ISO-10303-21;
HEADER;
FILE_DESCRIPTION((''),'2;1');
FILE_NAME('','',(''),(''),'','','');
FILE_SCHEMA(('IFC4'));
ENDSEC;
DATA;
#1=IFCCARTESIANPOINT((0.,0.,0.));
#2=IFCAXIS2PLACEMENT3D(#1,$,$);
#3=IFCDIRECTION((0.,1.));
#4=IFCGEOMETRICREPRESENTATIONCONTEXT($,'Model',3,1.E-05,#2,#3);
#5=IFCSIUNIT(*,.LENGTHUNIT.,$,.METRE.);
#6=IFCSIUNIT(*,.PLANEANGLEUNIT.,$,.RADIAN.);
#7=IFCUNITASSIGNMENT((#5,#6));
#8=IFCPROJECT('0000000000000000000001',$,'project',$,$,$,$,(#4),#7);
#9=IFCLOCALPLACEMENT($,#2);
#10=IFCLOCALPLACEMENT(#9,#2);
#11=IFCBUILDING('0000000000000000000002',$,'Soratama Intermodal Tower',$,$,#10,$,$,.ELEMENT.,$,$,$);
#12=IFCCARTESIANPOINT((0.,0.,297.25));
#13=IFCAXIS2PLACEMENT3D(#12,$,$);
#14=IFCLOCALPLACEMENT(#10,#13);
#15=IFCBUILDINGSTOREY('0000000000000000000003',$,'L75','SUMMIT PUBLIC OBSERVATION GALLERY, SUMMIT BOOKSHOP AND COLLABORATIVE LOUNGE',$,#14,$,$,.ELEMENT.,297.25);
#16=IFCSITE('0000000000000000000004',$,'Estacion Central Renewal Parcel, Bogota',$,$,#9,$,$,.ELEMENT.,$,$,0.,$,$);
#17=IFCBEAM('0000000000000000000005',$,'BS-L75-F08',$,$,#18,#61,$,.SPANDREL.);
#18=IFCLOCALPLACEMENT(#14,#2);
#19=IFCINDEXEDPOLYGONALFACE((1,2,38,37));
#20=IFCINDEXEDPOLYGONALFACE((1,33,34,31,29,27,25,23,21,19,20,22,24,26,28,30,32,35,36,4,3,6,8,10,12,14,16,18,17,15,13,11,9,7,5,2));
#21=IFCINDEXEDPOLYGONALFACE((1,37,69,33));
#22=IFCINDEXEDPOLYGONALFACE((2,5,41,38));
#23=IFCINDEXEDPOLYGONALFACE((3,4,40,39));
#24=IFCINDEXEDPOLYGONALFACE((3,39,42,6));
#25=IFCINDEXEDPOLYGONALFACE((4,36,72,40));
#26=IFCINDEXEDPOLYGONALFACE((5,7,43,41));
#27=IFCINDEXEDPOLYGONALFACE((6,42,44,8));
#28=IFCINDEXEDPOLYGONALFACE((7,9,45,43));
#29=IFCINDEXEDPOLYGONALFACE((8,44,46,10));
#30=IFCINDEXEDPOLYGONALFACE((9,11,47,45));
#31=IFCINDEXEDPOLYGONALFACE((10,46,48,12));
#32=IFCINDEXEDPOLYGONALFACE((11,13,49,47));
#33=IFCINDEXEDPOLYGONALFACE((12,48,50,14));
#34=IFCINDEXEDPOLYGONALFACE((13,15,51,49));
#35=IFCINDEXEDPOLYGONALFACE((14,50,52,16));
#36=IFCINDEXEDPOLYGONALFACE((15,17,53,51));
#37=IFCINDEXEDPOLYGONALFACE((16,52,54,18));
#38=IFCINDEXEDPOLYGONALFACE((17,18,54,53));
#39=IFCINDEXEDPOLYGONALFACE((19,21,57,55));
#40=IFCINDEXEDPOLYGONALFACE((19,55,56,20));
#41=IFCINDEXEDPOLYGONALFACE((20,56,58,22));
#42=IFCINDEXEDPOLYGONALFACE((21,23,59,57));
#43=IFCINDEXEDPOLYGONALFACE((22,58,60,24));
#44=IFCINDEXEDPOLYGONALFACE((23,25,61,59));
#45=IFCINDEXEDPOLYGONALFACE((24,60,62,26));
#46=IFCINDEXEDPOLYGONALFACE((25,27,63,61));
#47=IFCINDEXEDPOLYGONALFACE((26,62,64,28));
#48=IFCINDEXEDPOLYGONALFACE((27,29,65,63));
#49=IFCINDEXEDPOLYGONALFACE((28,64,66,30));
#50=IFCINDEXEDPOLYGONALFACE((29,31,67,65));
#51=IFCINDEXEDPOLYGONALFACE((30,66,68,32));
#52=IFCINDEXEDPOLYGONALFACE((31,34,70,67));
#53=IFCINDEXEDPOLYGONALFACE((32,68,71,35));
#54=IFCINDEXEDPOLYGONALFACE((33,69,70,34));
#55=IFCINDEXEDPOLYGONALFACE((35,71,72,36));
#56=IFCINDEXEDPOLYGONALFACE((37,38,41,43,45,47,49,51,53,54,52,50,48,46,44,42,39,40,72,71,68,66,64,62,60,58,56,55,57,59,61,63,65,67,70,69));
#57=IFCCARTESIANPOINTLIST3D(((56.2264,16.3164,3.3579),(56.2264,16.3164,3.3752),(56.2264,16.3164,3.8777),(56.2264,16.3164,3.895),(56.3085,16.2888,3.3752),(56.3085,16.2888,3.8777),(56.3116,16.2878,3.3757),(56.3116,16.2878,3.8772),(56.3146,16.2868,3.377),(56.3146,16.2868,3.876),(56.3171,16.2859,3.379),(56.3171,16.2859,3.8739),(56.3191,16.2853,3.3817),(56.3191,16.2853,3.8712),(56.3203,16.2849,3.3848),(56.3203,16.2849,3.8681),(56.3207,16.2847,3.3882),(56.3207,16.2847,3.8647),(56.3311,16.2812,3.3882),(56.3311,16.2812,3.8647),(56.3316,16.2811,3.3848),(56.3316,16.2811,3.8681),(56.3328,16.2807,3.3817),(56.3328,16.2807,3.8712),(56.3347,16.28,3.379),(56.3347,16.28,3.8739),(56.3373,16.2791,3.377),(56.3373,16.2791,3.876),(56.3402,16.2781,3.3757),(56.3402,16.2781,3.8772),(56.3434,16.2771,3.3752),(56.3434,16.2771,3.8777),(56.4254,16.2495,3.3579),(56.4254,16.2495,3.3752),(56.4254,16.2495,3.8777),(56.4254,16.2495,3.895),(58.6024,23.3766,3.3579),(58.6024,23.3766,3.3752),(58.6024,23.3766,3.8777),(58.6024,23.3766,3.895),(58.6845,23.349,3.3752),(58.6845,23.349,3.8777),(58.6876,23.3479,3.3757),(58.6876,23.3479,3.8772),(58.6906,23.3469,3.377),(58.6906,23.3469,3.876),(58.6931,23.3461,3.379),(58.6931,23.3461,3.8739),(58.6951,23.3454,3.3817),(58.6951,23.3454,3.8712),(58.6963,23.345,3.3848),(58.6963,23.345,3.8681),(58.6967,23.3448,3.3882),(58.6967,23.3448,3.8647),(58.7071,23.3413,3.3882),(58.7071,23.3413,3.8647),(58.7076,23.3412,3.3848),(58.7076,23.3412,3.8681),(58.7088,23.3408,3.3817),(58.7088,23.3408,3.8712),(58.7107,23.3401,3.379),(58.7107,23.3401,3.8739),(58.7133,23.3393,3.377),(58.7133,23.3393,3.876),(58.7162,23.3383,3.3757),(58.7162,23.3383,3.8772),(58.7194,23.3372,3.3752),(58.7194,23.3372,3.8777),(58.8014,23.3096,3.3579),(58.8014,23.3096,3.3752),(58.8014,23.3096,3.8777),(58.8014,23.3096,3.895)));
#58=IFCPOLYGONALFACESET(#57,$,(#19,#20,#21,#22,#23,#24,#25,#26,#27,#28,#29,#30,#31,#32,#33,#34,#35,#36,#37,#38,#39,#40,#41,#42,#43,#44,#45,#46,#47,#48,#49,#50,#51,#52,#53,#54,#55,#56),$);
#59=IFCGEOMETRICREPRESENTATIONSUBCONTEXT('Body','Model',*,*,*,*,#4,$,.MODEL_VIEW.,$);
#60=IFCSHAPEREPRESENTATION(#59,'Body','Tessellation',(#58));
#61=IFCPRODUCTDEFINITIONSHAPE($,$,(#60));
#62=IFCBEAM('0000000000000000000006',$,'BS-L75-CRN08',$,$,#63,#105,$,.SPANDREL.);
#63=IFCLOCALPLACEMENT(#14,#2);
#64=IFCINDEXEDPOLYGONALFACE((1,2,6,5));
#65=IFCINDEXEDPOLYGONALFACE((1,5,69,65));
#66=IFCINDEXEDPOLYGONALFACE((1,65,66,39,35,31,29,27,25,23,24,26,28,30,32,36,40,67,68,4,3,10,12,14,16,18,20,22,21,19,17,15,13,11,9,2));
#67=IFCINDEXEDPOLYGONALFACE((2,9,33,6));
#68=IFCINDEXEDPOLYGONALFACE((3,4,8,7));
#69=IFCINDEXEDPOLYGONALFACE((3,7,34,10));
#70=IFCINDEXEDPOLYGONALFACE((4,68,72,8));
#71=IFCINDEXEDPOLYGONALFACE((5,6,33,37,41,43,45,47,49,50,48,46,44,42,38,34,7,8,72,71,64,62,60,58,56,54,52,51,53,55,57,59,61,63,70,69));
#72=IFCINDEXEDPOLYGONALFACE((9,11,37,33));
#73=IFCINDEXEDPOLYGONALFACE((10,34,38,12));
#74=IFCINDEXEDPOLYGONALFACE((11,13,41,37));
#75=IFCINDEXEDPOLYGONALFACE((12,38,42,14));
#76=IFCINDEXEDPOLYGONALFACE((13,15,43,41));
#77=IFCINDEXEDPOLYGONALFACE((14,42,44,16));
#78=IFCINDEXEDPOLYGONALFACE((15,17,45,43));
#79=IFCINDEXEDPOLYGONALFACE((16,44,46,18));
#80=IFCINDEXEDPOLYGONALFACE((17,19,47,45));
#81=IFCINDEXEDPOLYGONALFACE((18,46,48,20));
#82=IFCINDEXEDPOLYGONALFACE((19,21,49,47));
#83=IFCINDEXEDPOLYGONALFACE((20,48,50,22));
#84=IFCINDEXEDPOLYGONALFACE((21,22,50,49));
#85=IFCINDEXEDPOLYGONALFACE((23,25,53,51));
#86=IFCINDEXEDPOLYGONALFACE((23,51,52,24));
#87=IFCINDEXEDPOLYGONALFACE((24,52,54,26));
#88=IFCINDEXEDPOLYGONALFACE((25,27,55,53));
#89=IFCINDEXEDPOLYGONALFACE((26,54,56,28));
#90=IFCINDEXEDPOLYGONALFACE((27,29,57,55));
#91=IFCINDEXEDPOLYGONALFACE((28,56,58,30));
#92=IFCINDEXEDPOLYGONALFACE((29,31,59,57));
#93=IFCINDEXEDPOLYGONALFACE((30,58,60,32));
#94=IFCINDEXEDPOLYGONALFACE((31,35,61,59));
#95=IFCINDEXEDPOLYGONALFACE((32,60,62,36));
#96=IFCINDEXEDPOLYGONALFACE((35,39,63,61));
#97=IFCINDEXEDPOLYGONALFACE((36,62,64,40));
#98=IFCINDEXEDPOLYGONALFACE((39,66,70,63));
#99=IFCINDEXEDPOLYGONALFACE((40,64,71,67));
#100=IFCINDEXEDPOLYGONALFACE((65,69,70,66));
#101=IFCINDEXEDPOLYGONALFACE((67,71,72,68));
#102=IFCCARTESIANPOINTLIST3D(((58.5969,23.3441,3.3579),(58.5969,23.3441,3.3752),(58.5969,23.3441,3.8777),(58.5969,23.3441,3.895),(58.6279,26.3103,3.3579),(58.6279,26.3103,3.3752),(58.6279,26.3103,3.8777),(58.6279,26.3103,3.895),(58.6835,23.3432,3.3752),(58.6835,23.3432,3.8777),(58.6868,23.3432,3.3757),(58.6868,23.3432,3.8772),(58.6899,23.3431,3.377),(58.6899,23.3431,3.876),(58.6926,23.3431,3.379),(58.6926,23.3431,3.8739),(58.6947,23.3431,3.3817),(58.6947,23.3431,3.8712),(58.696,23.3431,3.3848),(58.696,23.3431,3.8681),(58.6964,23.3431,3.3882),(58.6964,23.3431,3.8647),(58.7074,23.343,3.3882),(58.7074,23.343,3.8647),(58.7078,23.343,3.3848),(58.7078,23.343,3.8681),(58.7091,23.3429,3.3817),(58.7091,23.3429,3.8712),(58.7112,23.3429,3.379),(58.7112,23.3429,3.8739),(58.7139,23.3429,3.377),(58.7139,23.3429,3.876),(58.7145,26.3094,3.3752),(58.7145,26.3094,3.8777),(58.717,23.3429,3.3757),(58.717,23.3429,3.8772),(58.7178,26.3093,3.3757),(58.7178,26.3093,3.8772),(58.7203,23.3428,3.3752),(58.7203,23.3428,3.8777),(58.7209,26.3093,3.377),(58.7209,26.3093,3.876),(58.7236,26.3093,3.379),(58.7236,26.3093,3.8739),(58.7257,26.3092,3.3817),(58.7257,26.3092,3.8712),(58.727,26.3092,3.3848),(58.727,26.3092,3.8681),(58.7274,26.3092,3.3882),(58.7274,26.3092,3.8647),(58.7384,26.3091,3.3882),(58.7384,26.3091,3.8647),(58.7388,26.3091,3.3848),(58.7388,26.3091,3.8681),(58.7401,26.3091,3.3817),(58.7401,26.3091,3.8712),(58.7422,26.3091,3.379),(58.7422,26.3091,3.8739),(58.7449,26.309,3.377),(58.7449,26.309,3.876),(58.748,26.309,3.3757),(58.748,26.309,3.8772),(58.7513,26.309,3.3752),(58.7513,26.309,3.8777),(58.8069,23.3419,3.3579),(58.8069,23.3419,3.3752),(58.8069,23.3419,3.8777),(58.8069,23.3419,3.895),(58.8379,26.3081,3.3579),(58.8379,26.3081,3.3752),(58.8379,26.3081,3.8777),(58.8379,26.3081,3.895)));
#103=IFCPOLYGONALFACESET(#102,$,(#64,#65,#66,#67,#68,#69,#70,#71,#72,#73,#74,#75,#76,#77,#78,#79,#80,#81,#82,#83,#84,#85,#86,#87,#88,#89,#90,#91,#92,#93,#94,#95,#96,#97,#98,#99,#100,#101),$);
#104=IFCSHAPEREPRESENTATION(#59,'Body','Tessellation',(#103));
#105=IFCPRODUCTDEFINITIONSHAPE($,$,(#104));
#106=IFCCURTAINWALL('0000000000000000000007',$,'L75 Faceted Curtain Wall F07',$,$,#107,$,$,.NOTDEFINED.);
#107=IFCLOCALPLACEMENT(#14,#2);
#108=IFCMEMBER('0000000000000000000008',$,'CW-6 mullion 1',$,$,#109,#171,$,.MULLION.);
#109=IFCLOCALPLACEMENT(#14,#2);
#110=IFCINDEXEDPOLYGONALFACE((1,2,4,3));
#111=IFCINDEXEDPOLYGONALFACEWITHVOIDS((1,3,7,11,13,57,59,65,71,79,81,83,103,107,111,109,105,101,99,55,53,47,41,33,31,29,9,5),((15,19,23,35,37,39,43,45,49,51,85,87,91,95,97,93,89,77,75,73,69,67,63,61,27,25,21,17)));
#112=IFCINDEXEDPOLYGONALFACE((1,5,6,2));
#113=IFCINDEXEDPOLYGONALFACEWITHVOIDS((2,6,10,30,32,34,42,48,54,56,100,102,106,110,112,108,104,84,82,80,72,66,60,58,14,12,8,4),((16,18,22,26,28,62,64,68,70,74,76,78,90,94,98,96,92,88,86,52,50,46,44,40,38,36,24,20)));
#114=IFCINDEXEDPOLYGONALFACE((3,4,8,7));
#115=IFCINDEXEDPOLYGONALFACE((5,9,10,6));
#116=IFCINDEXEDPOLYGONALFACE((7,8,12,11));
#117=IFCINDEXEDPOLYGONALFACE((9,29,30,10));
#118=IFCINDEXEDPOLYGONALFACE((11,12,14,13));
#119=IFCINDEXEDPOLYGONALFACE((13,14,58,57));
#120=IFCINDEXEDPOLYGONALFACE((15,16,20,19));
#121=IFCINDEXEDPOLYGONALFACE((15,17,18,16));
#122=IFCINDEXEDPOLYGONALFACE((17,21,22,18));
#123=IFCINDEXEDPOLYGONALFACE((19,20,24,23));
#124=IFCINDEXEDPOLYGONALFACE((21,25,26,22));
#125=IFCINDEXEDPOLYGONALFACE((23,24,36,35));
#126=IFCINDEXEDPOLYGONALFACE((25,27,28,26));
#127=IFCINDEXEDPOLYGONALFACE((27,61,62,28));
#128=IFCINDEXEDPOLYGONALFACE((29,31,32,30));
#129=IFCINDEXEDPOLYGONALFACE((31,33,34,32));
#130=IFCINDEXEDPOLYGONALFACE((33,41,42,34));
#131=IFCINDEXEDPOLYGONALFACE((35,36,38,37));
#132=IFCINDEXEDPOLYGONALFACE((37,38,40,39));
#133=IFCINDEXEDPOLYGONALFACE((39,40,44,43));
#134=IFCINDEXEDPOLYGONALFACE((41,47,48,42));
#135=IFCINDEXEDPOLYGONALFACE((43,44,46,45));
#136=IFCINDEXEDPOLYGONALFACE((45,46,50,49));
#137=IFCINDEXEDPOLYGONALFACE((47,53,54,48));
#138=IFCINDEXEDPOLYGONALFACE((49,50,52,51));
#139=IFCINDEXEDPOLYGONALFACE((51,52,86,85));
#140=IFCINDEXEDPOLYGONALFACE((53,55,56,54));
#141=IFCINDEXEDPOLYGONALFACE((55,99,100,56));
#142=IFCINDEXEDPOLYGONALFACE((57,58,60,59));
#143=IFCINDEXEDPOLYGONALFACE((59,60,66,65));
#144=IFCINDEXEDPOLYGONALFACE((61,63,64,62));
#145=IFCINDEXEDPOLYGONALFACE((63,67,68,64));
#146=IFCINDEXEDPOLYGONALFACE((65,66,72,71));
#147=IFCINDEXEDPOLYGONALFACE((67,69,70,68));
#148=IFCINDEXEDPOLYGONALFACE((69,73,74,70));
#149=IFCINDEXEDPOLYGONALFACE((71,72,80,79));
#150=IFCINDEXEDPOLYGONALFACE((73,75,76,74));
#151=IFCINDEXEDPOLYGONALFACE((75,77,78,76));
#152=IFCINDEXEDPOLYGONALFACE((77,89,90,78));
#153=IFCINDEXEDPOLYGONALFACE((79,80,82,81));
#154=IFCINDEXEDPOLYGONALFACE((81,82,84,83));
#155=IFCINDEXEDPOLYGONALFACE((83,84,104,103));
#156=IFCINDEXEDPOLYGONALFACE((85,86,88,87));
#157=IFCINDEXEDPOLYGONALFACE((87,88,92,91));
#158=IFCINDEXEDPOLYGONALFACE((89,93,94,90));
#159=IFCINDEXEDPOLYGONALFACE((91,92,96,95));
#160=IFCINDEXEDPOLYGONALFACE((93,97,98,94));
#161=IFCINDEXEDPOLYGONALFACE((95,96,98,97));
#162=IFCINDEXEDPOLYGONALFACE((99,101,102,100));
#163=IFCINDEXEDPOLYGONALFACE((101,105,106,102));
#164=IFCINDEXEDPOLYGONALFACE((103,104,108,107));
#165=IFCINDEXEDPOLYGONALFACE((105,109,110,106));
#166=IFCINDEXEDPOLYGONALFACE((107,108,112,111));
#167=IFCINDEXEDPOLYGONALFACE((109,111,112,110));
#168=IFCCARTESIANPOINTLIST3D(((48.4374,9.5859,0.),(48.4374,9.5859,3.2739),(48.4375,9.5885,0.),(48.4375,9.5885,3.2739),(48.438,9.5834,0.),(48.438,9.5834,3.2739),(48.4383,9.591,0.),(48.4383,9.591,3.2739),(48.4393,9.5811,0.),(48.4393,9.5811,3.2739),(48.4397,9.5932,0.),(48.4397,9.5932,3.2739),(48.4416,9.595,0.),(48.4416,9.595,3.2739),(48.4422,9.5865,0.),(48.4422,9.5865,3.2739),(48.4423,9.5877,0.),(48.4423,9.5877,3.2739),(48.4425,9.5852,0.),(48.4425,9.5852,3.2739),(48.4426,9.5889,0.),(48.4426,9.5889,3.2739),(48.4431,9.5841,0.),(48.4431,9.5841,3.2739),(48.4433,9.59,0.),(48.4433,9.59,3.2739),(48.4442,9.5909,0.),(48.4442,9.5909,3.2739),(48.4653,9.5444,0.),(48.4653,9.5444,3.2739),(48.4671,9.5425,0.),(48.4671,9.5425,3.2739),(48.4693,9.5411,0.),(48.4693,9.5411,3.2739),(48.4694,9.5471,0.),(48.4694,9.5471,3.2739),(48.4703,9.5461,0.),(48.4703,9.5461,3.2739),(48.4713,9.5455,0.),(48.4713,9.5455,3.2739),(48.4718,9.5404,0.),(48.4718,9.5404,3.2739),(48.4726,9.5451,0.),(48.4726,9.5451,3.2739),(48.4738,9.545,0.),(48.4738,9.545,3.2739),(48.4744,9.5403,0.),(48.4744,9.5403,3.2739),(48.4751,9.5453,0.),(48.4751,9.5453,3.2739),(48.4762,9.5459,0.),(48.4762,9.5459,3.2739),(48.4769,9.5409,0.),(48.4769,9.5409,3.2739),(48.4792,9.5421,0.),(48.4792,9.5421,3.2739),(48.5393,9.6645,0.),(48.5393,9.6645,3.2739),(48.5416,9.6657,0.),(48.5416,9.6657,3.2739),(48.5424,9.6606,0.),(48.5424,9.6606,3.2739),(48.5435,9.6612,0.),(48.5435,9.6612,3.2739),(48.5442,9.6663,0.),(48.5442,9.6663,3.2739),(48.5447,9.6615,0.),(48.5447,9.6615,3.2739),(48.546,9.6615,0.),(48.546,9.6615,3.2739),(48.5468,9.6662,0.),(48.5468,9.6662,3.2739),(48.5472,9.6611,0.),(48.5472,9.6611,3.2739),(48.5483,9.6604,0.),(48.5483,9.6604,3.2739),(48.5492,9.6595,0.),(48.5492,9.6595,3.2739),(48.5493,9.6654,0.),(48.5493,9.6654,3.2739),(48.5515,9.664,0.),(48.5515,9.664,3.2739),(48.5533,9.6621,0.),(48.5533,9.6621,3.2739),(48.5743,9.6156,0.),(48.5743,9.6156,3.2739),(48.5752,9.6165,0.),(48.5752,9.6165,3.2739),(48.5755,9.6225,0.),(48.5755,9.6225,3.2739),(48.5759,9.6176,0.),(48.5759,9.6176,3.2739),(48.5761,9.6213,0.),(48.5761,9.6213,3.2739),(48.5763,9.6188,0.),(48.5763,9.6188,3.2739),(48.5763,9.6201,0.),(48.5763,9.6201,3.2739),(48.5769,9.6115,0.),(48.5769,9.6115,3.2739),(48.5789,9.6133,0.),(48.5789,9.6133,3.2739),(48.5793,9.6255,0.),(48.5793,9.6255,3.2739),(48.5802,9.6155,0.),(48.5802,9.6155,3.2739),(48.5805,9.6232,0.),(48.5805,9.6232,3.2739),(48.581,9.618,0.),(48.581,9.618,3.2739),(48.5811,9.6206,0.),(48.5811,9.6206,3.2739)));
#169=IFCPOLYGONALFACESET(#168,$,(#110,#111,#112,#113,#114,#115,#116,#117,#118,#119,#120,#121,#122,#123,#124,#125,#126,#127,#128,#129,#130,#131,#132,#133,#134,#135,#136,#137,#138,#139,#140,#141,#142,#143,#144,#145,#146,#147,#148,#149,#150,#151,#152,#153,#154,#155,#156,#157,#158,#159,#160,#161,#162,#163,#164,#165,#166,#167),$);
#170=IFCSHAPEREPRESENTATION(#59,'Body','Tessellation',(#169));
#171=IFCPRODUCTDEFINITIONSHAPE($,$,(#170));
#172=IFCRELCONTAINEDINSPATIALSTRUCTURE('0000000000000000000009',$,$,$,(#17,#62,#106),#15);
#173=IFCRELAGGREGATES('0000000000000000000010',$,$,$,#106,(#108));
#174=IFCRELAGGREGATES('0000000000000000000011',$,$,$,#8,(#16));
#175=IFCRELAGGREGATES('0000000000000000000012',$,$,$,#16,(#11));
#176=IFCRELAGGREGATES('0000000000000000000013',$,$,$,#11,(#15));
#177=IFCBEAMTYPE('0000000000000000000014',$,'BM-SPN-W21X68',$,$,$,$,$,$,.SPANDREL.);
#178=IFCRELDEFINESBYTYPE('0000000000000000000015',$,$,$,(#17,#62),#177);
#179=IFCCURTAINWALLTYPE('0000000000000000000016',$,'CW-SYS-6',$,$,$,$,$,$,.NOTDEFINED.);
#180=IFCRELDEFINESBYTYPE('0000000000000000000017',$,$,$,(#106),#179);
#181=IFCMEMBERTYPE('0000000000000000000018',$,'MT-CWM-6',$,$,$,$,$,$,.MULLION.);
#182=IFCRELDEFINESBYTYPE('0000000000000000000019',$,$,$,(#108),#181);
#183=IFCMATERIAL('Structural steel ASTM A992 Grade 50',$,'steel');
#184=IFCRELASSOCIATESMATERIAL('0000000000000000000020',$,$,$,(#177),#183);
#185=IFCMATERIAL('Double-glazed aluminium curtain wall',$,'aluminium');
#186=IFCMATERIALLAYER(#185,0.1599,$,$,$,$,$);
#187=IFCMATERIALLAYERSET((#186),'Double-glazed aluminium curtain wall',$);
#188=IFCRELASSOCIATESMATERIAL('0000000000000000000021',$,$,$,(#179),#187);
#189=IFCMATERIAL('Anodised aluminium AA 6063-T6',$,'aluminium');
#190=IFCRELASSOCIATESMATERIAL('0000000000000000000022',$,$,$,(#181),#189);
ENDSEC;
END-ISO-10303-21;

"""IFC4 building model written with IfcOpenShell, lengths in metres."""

from ifc_helpers import new_model, si_unit, direction, frame, origin, origin_2d, place, context, subcontext, project, spatial, hollow_rectangle, i_section, extrude, material, layer, layer_set, material_profile, profile_set, type_object, element, aggregate, save


model = new_model("IFC4")

# Units and contexts
model_context = context("Model", 3, precision=1e-05, world=origin(), true_north=direction((0.0, 1.0)))
body_context = subcontext(model_context, "Body", "Model", "MODEL_VIEW")
ifc_project = project(units=[si_unit("LENGTHUNIT", "METRE"), si_unit("PLANEANGLEUNIT", "RADIAN")], contexts=[model_context])

# Site, building, storey
site_placement = place(None, origin())
site = spatial("IfcSite", under=ifc_project, at=site_placement, Name="Estacion Central Renewal Parcel, Bogota", CompositionType="ELEMENT", RefElevation=0.0)
building_placement = place(site_placement, origin())
building = spatial("IfcBuilding", under=site, at=building_placement, Name="Soratama Intermodal Tower", CompositionType="ELEMENT")
storey_placement = place(building_placement, frame((0.0, 0.0, 297.25)))
storey = spatial("IfcBuildingStorey", under=building, at=storey_placement, Name="L75", Description="SUMMIT PUBLIC OBSERVATION GALLERY, SUMMIT BOOKSHOP AND COLLABORATIVE LOUNGE", CompositionType="ELEMENT", Elevation=297.25)

# Beams
ifc_material_1 = material(Name="Structural steel ASTM A992 Grade 50", Category="steel")
ifc_material_profile_1 = material_profile(ifc_material_1, i_section(OverallWidth=0.21, OverallDepth=0.5371, WebThickness=0.011, FlangeThickness=0.0173, FilletRadius=0.0129, at=origin_2d()), Name="W21X68")
ifc_profile_set_1 = profile_set([ifc_material_profile_1], Name="Structural steel ASTM A992 Grade 50")
beam_type_1 = type_object("IfcBeamType", Name="BM-SPN-W21X68", PredefinedType="SPANDREL", material=ifc_profile_set_1)
beam_1_placement = place(storey_placement, frame((56.3259, 16.283, 3.6265), z_axis=(0.31896, 0.947768, 0.0), x_axis=(-0.947768, 0.31896, 0.0)))
element("IfcBeam", 1, at=beam_1_placement, inside=storey, type_object=beam_type_1, Name="BS-L75-F08", PredefinedType="SPANDREL", context=body_context, shape_type="SweptSolid", body=[
    extrude(i_section(OverallWidth=0.21, OverallDepth=0.5371, WebThickness=0.011, FlangeThickness=0.0173, FilletRadius=0.0129, at=origin_2d()), origin(), (0.0, 0.0, 1.0), 7.4492),
])
beam_2_placement = place(storey_placement, frame((58.7019, 23.343, 3.6265), z_axis=(0.010453, 0.999945, 0.0), x_axis=(-0.999945, 0.010453, 0.0)))
element("IfcBeam", 2, at=beam_2_placement, inside=storey, type_object=beam_type_1, Name="BS-L75-CRN08", PredefinedType="SPANDREL", context=body_context, shape_type="SweptSolid", body=[
    extrude(i_section(OverallWidth=0.21, OverallDepth=0.5371, WebThickness=0.011, FlangeThickness=0.0173, FilletRadius=0.0129, at=origin_2d()), origin(), (0.0, 0.0, 1.0), 2.9663),
])

# Curtain wall, member
ifc_material_2 = material(Name="Double-glazed aluminium curtain wall", Category="aluminium")
ifc_layer_1 = layer(ifc_material_2, 0.1599)
ifc_layer_set_1 = layer_set([ifc_layer_1], Name="Double-glazed aluminium curtain wall")
curtain_wall_type = type_object("IfcCurtainWallType", Name="CW-SYS-6", PredefinedType="NOTDEFINED", material=ifc_layer_set_1)
curtain_wall_1_placement = place(storey_placement, origin())
curtain_wall_1 = element("IfcCurtainWall", 3, at=curtain_wall_1_placement, inside=storey, type_object=curtain_wall_type, Name="L75 Faceted Curtain Wall F07", PredefinedType="NOTDEFINED")
ifc_material_3 = material(Name="Anodised aluminium AA 6063-T6", Category="aluminium")
ifc_material_profile_2 = material_profile(ifc_material_3, hollow_rectangle(XDim=0.0649, YDim=0.1399, WallThickness=0.0049, InnerFilletRadius=0.0049, OuterFilletRadius=0.01, at=origin_2d()), Name="CWM140X65X5")
ifc_profile_set_2 = profile_set([ifc_material_profile_2], Name="Anodised aluminium AA 6063-T6")
member_type_1 = type_object("IfcMemberType", Name="MT-CWM-6", PredefinedType="MULLION", material=ifc_profile_set_2)
member_1_placement = place(storey_placement, frame((48.5093, 9.6033, 0.0), z_axis=(0.0, 0.0, 1.0), x_axis=(-0.579286, 0.815124, 0.0)))
member_1 = element("IfcMember", 4, at=member_1_placement, type_object=member_type_1, Name="CW-6 mullion 1", PredefinedType="MULLION", context=body_context, shape_type="SweptSolid", body=[
    extrude(hollow_rectangle(XDim=0.0649, YDim=0.1399, WallThickness=0.0049, InnerFilletRadius=0.0049, OuterFilletRadius=0.01, at=origin_2d()), origin(), (0.0, 0.0, 1.0), 3.2739),
])

aggregate(curtain_wall_1, [member_1])

save(model, "model.ifc")
